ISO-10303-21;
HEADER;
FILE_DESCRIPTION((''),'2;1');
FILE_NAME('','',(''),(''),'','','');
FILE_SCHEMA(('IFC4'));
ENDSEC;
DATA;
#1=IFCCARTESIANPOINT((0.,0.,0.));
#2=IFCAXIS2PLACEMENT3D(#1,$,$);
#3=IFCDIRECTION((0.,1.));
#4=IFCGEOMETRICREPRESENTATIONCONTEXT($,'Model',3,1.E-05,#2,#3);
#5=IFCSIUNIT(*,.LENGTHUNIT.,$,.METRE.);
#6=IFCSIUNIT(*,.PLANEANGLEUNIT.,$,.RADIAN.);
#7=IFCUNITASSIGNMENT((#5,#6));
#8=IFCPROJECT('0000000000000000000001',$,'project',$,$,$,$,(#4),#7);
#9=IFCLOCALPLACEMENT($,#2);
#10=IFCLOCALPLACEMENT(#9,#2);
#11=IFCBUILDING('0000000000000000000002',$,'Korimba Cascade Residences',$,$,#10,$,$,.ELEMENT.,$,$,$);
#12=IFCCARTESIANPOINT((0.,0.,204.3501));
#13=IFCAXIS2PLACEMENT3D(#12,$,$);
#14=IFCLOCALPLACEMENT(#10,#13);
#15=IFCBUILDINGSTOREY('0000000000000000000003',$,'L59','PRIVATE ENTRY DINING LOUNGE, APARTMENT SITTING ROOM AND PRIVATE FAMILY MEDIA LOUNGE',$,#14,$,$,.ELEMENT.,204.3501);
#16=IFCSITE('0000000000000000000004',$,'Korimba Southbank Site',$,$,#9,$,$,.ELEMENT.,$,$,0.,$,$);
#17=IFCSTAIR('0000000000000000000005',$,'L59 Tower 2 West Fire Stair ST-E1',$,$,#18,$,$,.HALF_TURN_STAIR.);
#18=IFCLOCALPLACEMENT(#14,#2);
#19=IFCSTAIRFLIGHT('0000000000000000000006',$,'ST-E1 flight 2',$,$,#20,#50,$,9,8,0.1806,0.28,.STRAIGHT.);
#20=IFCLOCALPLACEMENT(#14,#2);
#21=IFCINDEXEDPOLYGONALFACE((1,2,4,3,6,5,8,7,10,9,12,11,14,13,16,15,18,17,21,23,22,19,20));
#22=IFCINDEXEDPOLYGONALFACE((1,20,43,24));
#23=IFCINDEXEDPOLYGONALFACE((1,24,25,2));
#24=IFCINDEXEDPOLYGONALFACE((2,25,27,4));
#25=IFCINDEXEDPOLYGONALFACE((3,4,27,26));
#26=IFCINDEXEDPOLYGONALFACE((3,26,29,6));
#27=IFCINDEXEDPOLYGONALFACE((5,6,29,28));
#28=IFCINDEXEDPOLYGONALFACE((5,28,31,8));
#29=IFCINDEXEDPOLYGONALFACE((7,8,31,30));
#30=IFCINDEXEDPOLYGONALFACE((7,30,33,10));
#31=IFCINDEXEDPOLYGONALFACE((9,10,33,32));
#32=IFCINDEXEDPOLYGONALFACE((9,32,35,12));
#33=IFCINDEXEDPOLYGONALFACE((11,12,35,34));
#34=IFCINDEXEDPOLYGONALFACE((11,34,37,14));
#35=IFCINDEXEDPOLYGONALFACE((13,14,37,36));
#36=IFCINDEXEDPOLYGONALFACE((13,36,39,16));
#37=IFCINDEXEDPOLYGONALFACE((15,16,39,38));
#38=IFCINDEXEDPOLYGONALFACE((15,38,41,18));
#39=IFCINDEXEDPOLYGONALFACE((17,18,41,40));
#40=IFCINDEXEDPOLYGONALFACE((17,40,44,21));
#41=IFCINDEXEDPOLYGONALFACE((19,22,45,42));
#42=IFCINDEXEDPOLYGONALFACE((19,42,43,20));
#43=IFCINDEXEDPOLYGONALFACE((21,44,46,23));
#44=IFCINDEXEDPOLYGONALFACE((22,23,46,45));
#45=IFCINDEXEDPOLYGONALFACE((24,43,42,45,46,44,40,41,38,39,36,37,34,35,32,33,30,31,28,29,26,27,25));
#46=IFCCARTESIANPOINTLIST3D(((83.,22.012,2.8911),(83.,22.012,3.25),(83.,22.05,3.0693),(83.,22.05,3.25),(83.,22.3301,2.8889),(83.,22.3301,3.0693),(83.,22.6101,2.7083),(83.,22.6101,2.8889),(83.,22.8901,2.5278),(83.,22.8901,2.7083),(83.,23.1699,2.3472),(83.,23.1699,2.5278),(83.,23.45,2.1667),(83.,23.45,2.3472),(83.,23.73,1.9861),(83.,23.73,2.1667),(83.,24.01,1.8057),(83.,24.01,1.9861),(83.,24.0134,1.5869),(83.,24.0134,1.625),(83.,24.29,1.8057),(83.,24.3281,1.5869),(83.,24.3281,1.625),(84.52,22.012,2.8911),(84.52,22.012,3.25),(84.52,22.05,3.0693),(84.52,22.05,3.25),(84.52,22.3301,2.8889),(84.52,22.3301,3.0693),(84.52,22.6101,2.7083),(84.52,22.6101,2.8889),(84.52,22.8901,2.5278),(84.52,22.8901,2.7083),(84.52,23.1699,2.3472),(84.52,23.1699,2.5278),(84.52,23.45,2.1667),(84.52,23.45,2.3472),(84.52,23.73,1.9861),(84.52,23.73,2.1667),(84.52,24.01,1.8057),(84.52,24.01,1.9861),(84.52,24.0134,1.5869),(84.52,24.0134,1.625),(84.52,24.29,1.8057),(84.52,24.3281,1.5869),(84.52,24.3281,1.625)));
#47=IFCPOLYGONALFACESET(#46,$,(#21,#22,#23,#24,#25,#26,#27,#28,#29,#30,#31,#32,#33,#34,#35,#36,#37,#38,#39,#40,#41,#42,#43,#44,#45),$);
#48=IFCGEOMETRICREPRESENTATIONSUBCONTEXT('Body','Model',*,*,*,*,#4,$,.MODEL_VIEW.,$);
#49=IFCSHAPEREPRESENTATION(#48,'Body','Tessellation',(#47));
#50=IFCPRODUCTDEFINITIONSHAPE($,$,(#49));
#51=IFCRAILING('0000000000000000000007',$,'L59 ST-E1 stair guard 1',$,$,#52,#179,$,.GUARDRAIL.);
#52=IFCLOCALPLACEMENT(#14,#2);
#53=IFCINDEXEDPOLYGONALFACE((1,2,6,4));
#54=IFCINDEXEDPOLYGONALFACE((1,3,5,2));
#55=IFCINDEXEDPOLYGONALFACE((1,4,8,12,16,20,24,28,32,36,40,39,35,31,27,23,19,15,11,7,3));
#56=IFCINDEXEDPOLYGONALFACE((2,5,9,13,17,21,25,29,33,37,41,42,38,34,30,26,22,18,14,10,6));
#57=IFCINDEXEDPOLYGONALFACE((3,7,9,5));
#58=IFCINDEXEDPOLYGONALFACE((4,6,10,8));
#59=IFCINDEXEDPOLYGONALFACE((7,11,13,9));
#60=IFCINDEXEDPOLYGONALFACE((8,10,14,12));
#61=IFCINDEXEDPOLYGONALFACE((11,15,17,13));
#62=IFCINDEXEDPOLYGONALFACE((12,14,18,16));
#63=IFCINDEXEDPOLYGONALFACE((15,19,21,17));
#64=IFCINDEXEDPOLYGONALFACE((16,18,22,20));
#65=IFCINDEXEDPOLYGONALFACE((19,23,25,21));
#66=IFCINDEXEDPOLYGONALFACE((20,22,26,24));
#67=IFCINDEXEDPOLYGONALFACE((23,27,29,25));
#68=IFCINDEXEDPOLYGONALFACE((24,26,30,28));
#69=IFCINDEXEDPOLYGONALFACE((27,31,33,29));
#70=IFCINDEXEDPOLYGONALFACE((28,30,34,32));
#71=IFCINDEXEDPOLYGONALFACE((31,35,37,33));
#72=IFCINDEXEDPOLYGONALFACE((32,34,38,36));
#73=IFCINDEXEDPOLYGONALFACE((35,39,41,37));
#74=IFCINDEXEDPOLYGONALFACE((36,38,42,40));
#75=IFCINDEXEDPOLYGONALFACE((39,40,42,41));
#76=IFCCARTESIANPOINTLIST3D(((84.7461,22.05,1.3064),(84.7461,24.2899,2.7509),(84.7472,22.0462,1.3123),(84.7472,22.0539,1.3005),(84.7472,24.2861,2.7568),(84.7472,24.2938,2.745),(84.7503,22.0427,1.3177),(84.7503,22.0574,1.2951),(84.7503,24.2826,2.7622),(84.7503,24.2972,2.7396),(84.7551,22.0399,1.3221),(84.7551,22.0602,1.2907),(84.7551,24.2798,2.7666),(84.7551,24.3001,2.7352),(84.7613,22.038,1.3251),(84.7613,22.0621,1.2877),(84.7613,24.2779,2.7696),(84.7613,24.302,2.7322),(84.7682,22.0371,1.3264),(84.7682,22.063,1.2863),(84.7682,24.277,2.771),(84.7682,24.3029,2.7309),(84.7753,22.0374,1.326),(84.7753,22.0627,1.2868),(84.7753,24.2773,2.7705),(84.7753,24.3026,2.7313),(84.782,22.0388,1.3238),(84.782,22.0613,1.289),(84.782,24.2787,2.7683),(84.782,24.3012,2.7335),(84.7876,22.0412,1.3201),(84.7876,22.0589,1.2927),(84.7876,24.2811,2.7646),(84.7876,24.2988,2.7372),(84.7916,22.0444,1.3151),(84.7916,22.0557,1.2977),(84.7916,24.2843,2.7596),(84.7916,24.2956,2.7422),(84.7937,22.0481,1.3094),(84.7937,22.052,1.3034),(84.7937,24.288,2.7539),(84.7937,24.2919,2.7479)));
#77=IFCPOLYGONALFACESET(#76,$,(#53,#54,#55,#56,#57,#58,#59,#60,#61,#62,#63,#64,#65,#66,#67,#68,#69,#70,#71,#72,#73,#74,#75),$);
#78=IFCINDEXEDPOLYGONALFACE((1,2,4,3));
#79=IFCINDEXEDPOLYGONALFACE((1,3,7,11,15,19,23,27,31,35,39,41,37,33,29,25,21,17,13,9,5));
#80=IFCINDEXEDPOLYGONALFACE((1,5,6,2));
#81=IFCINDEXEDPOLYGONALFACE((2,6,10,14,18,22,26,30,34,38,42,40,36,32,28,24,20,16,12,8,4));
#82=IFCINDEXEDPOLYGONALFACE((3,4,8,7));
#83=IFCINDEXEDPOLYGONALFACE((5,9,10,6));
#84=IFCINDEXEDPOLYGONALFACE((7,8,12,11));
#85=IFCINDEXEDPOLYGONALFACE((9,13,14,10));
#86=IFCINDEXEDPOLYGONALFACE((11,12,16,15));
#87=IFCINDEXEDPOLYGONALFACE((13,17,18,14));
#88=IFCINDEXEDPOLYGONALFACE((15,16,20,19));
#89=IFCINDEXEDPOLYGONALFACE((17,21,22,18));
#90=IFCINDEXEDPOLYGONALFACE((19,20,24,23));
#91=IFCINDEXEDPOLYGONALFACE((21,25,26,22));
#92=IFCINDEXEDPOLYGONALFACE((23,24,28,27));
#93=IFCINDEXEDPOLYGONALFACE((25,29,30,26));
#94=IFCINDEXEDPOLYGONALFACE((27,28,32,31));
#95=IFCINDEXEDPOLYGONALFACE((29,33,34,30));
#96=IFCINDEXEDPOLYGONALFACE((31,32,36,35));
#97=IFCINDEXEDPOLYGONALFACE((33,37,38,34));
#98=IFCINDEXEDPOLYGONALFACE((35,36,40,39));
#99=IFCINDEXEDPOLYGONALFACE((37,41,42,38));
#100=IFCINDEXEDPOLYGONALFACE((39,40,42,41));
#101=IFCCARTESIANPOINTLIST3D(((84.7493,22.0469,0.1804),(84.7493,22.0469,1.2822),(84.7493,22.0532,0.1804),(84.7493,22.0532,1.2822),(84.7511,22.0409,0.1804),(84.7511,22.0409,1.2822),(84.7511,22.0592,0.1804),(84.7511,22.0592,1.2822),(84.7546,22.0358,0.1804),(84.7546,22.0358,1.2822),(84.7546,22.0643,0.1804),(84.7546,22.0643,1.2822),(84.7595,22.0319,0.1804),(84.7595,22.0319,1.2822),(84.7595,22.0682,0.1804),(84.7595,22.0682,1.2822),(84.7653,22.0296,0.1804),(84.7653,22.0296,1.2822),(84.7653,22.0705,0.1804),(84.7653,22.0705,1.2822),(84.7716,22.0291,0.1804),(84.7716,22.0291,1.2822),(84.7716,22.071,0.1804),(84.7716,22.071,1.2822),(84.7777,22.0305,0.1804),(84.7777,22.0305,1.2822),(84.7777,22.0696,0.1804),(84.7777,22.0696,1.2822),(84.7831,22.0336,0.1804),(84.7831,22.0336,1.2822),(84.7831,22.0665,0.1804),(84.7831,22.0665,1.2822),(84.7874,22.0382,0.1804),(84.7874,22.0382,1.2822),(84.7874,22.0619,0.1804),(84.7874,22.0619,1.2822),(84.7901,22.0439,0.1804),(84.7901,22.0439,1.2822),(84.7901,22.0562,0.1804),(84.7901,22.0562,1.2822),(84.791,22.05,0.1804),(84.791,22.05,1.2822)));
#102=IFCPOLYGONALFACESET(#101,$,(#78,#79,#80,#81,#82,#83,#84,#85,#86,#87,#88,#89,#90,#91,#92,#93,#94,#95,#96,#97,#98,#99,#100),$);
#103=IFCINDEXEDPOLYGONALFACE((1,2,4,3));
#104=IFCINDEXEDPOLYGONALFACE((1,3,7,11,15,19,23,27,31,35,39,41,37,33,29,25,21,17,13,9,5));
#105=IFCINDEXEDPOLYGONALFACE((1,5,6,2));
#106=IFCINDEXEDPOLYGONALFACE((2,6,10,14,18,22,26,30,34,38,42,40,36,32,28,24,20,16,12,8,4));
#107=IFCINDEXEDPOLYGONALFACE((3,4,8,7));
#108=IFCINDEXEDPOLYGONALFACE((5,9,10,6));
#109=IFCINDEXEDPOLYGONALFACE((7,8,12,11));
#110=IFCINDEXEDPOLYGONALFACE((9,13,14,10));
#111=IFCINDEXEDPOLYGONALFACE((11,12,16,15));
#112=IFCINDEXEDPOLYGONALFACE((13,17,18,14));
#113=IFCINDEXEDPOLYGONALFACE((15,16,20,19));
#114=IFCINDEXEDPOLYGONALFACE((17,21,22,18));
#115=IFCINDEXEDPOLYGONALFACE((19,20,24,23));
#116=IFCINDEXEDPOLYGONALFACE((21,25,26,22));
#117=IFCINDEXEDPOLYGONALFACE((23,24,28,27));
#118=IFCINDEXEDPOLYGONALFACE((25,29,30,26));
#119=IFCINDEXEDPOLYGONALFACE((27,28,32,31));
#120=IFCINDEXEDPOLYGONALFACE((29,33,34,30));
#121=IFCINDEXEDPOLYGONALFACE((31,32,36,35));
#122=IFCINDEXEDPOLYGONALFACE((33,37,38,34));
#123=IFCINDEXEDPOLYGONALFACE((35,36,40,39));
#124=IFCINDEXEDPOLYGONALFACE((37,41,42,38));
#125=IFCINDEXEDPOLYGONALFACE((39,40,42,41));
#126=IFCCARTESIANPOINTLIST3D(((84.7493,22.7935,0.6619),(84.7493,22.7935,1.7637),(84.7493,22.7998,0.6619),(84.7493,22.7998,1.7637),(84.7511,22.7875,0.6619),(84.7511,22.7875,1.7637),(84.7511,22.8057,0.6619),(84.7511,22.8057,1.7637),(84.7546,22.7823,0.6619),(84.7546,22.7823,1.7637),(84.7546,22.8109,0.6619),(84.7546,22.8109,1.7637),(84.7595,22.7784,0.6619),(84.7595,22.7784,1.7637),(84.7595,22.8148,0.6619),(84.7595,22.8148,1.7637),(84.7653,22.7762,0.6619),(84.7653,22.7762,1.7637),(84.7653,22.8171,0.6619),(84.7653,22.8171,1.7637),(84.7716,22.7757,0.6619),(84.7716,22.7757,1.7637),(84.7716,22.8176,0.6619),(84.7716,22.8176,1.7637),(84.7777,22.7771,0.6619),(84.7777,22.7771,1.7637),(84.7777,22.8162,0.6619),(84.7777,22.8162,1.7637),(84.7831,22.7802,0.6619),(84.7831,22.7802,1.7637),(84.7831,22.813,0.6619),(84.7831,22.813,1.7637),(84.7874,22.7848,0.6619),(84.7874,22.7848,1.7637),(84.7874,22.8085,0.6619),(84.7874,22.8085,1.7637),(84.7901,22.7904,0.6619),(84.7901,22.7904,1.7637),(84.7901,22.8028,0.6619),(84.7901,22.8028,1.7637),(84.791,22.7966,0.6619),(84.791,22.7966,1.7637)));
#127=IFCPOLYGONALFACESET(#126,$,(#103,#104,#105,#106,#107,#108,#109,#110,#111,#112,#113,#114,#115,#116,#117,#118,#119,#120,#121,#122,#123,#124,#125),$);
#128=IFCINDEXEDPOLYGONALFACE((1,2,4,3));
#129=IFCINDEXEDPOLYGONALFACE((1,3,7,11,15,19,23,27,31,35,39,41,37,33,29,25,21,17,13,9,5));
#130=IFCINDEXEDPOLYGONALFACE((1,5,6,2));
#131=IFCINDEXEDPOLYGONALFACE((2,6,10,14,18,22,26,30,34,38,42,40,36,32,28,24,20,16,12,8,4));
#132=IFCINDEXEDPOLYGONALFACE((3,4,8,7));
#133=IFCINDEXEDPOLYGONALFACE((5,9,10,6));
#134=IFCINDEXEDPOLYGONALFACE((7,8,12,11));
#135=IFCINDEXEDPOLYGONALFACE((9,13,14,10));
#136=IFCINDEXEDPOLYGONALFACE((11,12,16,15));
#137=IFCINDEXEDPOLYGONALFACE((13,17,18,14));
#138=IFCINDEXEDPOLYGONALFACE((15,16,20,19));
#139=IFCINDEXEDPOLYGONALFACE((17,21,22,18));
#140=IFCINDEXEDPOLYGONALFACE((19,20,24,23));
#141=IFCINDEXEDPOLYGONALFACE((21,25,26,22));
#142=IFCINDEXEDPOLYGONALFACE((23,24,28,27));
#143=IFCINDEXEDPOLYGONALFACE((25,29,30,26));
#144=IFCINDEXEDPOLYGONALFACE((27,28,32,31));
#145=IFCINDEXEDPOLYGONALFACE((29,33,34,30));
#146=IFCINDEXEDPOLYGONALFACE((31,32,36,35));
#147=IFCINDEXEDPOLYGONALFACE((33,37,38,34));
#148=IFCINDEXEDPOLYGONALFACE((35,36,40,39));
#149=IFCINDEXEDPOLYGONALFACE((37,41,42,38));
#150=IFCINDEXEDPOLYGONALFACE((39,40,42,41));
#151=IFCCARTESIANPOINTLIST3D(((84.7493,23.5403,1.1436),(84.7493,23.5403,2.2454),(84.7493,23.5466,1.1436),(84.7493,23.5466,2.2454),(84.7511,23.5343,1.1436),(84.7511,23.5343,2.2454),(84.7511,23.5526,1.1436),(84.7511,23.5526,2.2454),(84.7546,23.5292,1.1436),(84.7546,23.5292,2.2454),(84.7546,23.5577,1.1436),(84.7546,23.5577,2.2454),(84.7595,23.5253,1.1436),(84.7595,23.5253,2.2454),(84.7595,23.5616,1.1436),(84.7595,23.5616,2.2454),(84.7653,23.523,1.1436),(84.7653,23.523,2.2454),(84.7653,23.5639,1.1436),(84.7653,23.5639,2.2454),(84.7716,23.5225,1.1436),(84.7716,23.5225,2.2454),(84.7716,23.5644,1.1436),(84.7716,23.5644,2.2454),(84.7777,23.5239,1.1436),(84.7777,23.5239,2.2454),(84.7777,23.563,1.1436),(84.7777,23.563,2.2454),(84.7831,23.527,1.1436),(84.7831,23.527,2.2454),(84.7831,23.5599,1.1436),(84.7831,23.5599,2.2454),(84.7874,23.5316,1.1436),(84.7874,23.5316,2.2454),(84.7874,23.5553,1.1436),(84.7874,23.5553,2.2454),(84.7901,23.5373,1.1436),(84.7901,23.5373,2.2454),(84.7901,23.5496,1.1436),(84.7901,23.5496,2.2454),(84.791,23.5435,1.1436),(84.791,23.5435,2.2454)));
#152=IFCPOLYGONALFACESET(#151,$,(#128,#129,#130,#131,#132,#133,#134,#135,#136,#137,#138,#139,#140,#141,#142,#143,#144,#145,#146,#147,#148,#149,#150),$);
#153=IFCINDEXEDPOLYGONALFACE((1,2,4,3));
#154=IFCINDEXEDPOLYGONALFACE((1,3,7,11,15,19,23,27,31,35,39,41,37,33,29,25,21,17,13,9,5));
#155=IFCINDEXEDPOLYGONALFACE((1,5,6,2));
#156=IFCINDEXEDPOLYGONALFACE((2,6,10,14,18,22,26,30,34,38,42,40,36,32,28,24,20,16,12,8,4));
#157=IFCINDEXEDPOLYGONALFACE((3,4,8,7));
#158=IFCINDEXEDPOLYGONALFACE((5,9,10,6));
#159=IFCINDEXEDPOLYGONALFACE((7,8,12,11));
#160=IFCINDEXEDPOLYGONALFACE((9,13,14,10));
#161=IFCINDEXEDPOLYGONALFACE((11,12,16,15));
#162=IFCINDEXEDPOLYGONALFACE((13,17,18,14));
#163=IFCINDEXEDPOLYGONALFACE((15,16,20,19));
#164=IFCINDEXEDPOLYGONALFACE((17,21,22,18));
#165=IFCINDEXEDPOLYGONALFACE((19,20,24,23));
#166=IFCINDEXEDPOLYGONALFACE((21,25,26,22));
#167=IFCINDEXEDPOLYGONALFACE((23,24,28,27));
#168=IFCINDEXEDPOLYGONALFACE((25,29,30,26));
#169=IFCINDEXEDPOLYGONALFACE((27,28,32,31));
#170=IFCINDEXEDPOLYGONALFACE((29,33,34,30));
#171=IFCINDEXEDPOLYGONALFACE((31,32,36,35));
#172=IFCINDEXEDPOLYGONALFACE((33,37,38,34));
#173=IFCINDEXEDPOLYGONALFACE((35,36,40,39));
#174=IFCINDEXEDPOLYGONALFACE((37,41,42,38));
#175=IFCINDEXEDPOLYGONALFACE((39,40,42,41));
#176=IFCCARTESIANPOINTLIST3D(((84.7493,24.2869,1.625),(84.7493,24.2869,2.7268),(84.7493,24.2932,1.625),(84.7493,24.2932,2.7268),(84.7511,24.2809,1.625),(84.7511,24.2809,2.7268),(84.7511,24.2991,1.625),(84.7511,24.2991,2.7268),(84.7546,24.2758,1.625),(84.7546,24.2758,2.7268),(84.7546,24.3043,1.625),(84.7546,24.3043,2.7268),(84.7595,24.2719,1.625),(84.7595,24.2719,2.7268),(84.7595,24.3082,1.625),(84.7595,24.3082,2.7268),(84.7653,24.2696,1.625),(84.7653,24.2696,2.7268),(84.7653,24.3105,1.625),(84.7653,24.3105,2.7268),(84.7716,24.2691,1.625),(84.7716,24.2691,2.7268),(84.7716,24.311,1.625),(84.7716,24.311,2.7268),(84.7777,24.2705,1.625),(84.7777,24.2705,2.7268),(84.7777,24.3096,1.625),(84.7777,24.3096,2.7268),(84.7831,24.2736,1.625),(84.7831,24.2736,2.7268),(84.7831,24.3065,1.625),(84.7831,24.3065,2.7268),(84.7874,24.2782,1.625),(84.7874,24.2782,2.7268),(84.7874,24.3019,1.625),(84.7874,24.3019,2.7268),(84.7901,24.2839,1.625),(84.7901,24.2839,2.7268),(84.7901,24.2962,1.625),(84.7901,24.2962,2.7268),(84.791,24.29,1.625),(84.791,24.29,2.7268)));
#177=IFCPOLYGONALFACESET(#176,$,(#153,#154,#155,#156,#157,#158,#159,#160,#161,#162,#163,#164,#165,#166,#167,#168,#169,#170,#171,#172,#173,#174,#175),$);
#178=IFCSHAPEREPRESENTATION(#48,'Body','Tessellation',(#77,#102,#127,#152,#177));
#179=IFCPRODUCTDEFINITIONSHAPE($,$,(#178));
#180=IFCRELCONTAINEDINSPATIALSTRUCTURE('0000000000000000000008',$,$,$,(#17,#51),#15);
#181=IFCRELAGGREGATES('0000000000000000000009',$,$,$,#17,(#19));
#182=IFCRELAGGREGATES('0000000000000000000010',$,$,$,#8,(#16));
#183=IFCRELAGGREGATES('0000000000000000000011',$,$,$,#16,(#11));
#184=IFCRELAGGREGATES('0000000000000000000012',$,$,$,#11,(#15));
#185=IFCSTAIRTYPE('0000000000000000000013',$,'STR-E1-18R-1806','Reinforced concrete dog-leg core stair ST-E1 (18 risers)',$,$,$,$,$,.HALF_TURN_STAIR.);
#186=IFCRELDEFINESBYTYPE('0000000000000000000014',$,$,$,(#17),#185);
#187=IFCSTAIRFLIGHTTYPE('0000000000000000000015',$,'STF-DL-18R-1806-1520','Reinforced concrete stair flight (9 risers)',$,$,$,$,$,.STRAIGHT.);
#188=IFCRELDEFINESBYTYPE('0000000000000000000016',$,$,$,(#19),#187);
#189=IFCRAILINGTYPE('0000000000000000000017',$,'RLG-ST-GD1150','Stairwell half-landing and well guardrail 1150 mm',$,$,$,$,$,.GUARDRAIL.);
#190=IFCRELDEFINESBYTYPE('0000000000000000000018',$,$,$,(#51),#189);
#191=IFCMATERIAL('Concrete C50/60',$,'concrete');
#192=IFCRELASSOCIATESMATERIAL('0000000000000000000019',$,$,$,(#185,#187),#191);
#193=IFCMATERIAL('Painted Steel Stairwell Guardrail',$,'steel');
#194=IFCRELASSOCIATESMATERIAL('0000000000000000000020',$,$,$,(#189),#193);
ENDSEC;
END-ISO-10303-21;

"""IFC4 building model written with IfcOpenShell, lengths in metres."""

from ifc_helpers import new_model, si_unit, direction, frame, origin, origin_2d, place, context, subcontext, project, spatial, polyline, circle, outline, extrude, material, type_object, element, aggregate, save


model = new_model("IFC4")

# Units and contexts
model_context = context("Model", 3, precision=1e-05, world=origin(), true_north=direction((0.0, 1.0)))
body_context = subcontext(model_context, "Body", "Model", "MODEL_VIEW")
ifc_project = project(units=[si_unit("LENGTHUNIT", "METRE"), si_unit("PLANEANGLEUNIT", "RADIAN")], contexts=[model_context])

# Site, building, storey
site_placement = place(None, origin())
site = spatial("IfcSite", under=ifc_project, at=site_placement, Name="Korimba Southbank Site", CompositionType="ELEMENT", RefElevation=0.0)
building_placement = place(site_placement, origin())
building = spatial("IfcBuilding", under=site, at=building_placement, Name="Korimba Cascade Residences", CompositionType="ELEMENT")
storey_placement = place(building_placement, frame((0.0, 0.0, 204.3501)))
storey = spatial("IfcBuildingStorey", under=building, at=storey_placement, Name="L59", Description="PRIVATE ENTRY DINING LOUNGE, APARTMENT SITTING ROOM AND PRIVATE FAMILY MEDIA LOUNGE", CompositionType="ELEMENT", Elevation=204.3501)

# Shared definitions
ifc_material_1 = material(Name="Concrete C50/60", Category="concrete")

# Stair, stair flight
stair_type = type_object("IfcStairType", Name="STR-E1-18R-1806", Description="Reinforced concrete dog-leg core stair ST-E1 (18 risers)", PredefinedType="HALF_TURN_STAIR", material=ifc_material_1)
stair_placement = place(storey_placement, origin())
stair = element("IfcStair", 1, at=stair_placement, inside=storey, type_object=stair_type, Name="L59 Tower 2 West Fire Stair ST-E1", PredefinedType="HALF_TURN_STAIR")
stair_flight_type = type_object("IfcStairFlightType", Name="STF-DL-18R-1806-1520", Description="Reinforced concrete stair flight (9 risers)", PredefinedType="STRAIGHT", material=ifc_material_1)
stair_flight_1_placement = place(storey_placement, frame((83.76, 24.29, 1.625), z_axis=(0.0, 0.0, 1.0), x_axis=(0.0, -1.0, 0.0)))
stair_flight_1 = element("IfcStairFlight", 2, at=stair_flight_1_placement, type_object=stair_flight_type, Name="ST-E1 flight 2", NumberOfRisers=9, NumberOfTreads=8, PredefinedType="STRAIGHT", RiserHeight=0.1806, TreadLength=0.28, context=body_context, shape_type="SweptSolid", body=[
    extrude(outline(polyline([(-0.0381, 0.0), (0.0, 0.1807), (0.28, 0.1807), (0.28, 0.3611), (0.5601, 0.3611), (0.5601, 0.5417), (0.8401, 0.5417), (0.8401, 0.7222), (1.1201, 0.7222), (1.1201, 0.9028), (1.3999, 0.9028), (1.3999, 1.0833), (1.6799, 1.0833), (1.6799, 1.2639), (1.96, 1.2639), (1.96, 1.4443), (2.24, 1.4443), (2.24, 1.625), (2.2781, 1.625), (2.2781, 1.2661), (0.2766, 0.0), (0.2766, -0.0381), (-0.0381, -0.0381), (-0.0381, 0.0)])), frame((0.0, 0.76, 0.0), z_axis=(0.0, -1.0, 0.0), x_axis=(1.0, 0.0, 0.0)), (0.0, 0.0, 1.0), 1.52),
])
aggregate(stair, [stair_flight_1])

# Railing
ifc_material_2 = material(Name="Painted Steel Stairwell Guardrail", Category="steel")
railing_type_1 = type_object("IfcRailingType", Name="RLG-ST-GD1150", Description="Stairwell half-landing and well guardrail 1150 mm", PredefinedType="GUARDRAIL", material=ifc_material_2)
railing_1_placement = place(storey_placement, frame((84.77, 22.05, 0.1804)))
element("IfcRailing", 3, at=railing_1_placement, inside=storey, type_object=railing_type_1, Name="L59 ST-E1 stair guard 1", PredefinedType="GUARDRAIL", context=body_context, shape_type="SweptSolid", body=[
    extrude(circle(Radius=0.0239, at=origin_2d()), frame((0.0, 0.0, 1.126), z_axis=(0.0, 0.840395, 0.541975), x_axis=(-1.0, 0.0, 0.0)), (0.0, 0.0, 1.0), 2.6653),
    extrude(circle(Radius=0.021, at=origin_2d()), origin(), (0.0, 0.0, 1.0), 1.1018),
    extrude(circle(Radius=0.021, at=origin_2d()), frame((0.0, 0.7466, 0.4814)), (0.0, 0.0, 1.0), 1.1018),
    extrude(circle(Radius=0.021, at=origin_2d()), frame((0.0, 1.4934, 0.9631)), (0.0, 0.0, 1.0), 1.1018),
    extrude(circle(Radius=0.021, at=origin_2d()), frame((0.0, 2.24, 1.4446)), (0.0, 0.0, 1.0), 1.1018),
])

save(model, "model.ifc")
